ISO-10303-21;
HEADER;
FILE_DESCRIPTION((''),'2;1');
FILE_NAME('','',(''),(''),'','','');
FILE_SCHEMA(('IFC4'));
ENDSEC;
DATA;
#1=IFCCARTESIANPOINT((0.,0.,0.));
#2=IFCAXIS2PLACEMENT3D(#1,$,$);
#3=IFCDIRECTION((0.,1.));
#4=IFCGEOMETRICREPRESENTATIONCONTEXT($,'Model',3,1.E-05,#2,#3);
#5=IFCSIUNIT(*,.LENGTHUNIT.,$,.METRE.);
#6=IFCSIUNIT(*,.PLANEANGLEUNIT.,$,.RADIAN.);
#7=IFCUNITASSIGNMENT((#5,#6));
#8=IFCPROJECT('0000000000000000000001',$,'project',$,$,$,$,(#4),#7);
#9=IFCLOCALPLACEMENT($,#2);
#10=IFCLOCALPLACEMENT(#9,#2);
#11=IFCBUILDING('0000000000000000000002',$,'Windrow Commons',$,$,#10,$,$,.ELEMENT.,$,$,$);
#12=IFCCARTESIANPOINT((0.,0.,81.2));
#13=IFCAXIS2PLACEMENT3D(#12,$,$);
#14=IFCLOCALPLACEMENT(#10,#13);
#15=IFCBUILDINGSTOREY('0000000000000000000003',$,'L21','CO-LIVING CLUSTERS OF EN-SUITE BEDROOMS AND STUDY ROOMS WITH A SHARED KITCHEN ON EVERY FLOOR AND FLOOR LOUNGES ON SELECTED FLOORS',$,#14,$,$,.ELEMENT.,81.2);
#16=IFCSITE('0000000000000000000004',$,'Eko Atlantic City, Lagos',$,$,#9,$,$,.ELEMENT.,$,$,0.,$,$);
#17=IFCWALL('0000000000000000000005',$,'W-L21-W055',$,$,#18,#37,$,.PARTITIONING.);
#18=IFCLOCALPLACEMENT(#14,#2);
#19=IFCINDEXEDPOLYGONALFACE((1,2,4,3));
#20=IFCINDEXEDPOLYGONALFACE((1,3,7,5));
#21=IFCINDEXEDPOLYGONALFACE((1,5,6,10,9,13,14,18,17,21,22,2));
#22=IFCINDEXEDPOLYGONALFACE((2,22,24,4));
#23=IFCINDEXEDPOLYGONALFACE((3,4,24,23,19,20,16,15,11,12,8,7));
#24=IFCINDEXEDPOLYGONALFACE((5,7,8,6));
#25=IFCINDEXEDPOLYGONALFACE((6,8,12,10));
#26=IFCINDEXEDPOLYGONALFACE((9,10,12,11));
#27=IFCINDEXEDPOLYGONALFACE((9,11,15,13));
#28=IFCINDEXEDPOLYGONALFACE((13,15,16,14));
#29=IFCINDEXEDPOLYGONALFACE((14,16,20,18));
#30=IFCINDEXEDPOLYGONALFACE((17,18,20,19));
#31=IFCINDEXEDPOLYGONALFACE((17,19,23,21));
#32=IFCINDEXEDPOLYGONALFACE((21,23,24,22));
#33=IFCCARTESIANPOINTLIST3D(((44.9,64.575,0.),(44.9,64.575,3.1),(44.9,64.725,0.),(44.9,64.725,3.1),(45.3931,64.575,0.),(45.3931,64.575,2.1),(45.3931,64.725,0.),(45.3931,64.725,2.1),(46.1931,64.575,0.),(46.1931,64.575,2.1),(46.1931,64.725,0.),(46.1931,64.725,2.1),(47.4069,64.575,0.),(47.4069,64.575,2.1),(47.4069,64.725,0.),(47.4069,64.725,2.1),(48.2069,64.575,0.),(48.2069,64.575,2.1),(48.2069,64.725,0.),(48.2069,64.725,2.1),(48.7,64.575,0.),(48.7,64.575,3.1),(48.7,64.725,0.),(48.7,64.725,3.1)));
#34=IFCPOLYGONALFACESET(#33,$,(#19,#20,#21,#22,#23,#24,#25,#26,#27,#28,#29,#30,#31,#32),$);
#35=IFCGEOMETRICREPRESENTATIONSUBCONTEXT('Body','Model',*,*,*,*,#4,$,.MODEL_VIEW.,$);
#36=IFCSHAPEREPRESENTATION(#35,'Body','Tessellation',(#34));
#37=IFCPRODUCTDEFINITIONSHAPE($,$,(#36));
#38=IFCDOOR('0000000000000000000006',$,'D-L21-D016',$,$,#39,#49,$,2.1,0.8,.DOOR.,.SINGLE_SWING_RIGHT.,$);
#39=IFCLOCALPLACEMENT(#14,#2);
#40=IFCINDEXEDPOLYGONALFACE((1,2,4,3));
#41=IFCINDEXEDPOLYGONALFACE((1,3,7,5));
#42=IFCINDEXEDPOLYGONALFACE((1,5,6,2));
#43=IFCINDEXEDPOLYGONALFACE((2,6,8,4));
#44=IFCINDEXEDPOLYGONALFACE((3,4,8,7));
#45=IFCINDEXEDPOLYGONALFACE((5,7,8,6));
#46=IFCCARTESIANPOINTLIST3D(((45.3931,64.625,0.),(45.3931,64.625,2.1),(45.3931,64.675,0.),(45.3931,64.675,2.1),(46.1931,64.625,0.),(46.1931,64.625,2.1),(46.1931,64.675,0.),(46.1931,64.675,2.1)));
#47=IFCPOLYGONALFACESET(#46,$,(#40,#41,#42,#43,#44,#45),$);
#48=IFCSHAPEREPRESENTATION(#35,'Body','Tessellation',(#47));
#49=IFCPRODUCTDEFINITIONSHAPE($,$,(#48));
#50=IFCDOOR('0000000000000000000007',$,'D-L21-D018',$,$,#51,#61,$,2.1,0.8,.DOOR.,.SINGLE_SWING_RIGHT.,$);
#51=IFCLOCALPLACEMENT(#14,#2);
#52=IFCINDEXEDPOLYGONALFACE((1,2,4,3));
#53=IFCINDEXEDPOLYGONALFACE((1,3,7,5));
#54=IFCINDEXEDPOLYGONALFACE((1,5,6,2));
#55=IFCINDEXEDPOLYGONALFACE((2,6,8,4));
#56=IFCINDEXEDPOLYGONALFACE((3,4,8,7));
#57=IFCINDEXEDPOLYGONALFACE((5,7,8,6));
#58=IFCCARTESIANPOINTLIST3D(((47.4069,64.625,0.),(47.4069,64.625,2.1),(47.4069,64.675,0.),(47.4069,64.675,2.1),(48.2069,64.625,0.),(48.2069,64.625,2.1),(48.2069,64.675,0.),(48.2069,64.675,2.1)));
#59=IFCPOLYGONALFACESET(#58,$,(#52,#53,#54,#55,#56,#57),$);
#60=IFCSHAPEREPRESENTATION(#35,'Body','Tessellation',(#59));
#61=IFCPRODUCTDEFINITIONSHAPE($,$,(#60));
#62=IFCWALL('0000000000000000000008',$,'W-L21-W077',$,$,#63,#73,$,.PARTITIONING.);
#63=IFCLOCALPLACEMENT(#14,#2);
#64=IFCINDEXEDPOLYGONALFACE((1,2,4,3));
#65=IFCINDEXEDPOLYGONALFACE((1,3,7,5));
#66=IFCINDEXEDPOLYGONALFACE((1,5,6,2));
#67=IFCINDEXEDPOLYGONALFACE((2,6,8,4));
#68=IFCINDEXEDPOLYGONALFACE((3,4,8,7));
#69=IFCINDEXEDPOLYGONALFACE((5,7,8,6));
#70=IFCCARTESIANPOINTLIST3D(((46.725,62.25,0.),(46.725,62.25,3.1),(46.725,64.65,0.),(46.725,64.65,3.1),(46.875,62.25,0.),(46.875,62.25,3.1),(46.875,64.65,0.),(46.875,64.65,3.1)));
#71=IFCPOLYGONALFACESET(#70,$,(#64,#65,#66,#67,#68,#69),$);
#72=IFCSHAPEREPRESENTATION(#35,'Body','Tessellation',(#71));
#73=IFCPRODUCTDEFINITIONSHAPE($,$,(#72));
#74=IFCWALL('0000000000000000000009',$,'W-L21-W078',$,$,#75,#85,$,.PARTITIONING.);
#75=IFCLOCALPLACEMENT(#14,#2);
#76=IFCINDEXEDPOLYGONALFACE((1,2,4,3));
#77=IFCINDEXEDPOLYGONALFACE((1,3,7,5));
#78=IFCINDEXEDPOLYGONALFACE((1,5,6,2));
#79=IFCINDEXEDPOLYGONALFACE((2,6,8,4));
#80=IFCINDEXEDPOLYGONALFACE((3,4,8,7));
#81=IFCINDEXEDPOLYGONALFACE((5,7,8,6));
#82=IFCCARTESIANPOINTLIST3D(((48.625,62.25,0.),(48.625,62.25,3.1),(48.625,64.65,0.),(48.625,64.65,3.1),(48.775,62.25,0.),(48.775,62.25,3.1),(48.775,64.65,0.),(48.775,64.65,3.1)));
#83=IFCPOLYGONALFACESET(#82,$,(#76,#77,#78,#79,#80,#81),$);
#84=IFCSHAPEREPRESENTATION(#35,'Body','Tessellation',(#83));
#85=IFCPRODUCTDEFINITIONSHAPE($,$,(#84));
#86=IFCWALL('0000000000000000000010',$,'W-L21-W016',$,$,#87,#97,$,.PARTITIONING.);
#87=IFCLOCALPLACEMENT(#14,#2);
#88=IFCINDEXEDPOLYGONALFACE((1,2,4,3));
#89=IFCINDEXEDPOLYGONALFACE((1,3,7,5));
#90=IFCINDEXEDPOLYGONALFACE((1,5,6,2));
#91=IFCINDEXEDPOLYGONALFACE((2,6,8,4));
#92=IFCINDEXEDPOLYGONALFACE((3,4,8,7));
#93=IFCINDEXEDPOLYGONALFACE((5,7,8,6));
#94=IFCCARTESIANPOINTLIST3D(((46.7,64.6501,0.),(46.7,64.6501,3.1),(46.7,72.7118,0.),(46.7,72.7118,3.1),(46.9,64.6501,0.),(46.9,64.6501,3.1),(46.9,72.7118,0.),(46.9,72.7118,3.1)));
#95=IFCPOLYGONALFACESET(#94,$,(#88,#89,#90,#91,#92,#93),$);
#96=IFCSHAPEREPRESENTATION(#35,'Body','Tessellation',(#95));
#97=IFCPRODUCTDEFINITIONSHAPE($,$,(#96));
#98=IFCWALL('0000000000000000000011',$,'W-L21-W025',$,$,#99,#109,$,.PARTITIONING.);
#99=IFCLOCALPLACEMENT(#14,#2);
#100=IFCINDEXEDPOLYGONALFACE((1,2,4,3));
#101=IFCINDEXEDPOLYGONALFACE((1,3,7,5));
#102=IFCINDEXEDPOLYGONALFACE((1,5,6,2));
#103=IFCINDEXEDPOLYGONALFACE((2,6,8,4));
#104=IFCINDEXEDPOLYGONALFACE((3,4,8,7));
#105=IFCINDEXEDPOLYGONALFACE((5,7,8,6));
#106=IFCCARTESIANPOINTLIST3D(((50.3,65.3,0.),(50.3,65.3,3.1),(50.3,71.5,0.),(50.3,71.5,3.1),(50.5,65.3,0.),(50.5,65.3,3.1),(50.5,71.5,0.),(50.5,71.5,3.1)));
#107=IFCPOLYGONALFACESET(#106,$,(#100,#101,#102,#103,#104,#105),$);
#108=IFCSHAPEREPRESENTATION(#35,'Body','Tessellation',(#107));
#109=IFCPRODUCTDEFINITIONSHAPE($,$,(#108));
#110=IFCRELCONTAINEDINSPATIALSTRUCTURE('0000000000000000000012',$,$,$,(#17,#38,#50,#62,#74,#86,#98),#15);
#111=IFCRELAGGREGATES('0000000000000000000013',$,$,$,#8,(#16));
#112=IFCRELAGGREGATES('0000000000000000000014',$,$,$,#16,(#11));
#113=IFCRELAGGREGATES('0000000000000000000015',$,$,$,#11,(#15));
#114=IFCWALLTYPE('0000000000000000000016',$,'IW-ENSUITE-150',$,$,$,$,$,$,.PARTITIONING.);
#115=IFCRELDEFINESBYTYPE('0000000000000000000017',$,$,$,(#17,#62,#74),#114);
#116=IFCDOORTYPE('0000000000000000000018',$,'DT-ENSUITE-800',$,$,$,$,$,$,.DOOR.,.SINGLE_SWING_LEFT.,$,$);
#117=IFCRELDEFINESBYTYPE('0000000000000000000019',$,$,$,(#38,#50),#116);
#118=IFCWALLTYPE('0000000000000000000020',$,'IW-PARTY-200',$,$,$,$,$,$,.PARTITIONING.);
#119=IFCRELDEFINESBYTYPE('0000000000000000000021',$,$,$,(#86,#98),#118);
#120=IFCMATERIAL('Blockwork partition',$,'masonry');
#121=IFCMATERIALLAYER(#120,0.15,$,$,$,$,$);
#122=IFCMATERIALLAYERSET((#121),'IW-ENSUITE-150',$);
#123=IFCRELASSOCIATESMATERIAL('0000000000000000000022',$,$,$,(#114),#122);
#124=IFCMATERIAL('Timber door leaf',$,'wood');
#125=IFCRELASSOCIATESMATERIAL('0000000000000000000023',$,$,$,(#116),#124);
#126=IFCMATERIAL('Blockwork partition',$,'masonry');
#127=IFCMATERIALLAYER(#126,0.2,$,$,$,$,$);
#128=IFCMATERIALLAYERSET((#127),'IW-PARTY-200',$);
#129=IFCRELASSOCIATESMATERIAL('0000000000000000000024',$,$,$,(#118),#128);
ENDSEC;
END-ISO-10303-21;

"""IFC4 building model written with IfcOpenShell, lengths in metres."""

from ifc_helpers import new_model, si_unit, direction, frame, frame_2d, origin, place, context, subcontext, project, spatial, rectangle, extrude, material, layer, layer_set, type_object, element, fill, save


model = new_model("IFC4")

# Units and contexts
model_context = context("Model", 3, precision=1e-05, world=origin(), true_north=direction((0.0, 1.0)))
body_context = subcontext(model_context, "Body", "Model", "MODEL_VIEW")
ifc_project = project(units=[si_unit("LENGTHUNIT", "METRE"), si_unit("PLANEANGLEUNIT", "RADIAN")], contexts=[model_context])

# Site, building, storey
site_placement = place(None, origin())
site = spatial("IfcSite", under=ifc_project, at=site_placement, Name="Eko Atlantic City, Lagos", CompositionType="ELEMENT", RefElevation=0.0)
building_placement = place(site_placement, origin())
building = spatial("IfcBuilding", under=site, at=building_placement, Name="Windrow Commons", CompositionType="ELEMENT")
storey_placement = place(building_placement, frame((0.0, 0.0, 81.2)))
storey = spatial("IfcBuildingStorey", under=building, at=storey_placement, Name="L21", Description="CO-LIVING CLUSTERS OF EN-SUITE BEDROOMS AND STUDY ROOMS WITH A SHARED KITCHEN ON EVERY FLOOR AND FLOOR LOUNGES ON SELECTED FLOORS", CompositionType="ELEMENT", Elevation=81.2)

# Wall, openings, doors
ifc_material_1 = material(Name="Blockwork partition", Category="masonry")
ifc_layer_1 = layer(ifc_material_1, 0.15)
ifc_layer_set_1 = layer_set([ifc_layer_1], Name="IW-ENSUITE-150")
wall_type_1 = type_object("IfcWallType", Name="IW-ENSUITE-150", PredefinedType="PARTITIONING", material=ifc_layer_set_1)
wall_1_placement = place(storey_placement, frame((44.9, 64.65, 0.0), z_axis=(0.0, 0.0, 1.0), x_axis=(1.0, 0.0, 0.0)))
wall_1 = element("IfcWall", 1, at=wall_1_placement, inside=storey, type_object=wall_type_1, Name="W-L21-W055", PredefinedType="PARTITIONING", context=body_context, shape_type="SweptSolid", body=[
    extrude(rectangle(XDim=3.8, YDim=0.15, at=frame_2d((1.9, 0.0))), origin(), (0.0, 0.0, 1.0), 3.1),
])
opening_1_placement = place(wall_1_placement, frame((0.4931, 0.0, 0.0)))
opening_1 = element("IfcOpeningElement", 2, at=opening_1_placement, cuts=wall_1, PredefinedType="OPENING", context=body_context, shape_type="SweptSolid", body=[
    extrude(rectangle(XDim=0.8, YDim=2.1, at=frame_2d((0.4, 1.05))), frame((0.0, 0.085, 0.0), z_axis=(0.0, -1.0, 0.0), x_axis=(1.0, 0.0, 0.0)), (0.0, 0.0, 1.0), 0.17),
])
opening_2_placement = place(wall_1_placement, frame((2.5069, 0.0, 0.0)))
opening_2 = element("IfcOpeningElement", 3, at=opening_2_placement, cuts=wall_1, PredefinedType="OPENING", context=body_context, shape_type="SweptSolid", body=[
    extrude(rectangle(XDim=0.8, YDim=2.1, at=frame_2d((0.4, 1.05))), frame((0.0, 0.085, 0.0), z_axis=(0.0, -1.0, 0.0), x_axis=(1.0, 0.0, 0.0)), (0.0, 0.0, 1.0), 0.17),
])
ifc_material_2 = material(Name="Timber door leaf", Category="wood")
door_type = type_object("IfcDoorType", Name="DT-ENSUITE-800", OperationType="SINGLE_SWING_LEFT", PredefinedType="DOOR", material=ifc_material_2)
door_1_placement = place(opening_1_placement, origin())
door_1 = element("IfcDoor", 4, at=door_1_placement, inside=storey, type_object=door_type, Name="D-L21-D016", OperationType="SINGLE_SWING_RIGHT", OverallHeight=2.1, OverallWidth=0.8, PredefinedType="DOOR", context=body_context, shape_type="SweptSolid", body=[
    extrude(rectangle(XDim=0.8, YDim=2.1, at=frame_2d((0.4, 1.05))), frame((0.0, 0.025, 0.0), z_axis=(0.0, -1.0, 0.0), x_axis=(1.0, 0.0, 0.0)), (0.0, 0.0, 1.0), 0.05),
])
fill(opening_1, door_1)
door_2_placement = place(opening_2_placement, origin())
door_2 = element("IfcDoor", 5, at=door_2_placement, inside=storey, type_object=door_type, Name="D-L21-D018", OperationType="SINGLE_SWING_RIGHT", OverallHeight=2.1, OverallWidth=0.8, PredefinedType="DOOR", context=body_context, shape_type="SweptSolid", body=[
    extrude(rectangle(XDim=0.8, YDim=2.1, at=frame_2d((0.4, 1.05))), frame((0.0, 0.025, 0.0), z_axis=(0.0, -1.0, 0.0), x_axis=(1.0, 0.0, 0.0)), (0.0, 0.0, 1.0), 0.05),
])
fill(opening_2, door_2)

# Walls
for number, where, z_axis, x_axis, name in (
    (6, (46.8, 62.25, 0.0), (0.0, 0.0, 1.0), (0.0, 1.0, 0.0), "W-L21-W077"),
    (7, (48.7, 62.25, 0.0), (0.0, 0.0, 1.0), (0.0, 1.0, 0.0), "W-L21-W078"),
):
    element("IfcWall", number, at=place(storey_placement, frame(where, z_axis=z_axis, x_axis=x_axis)), inside=storey, type_object=wall_type_1, Name=name, PredefinedType="PARTITIONING", context=body_context, shape_type="SweptSolid", body=[
        extrude(rectangle(XDim=2.4, YDim=0.15, at=frame_2d((1.2, 0.0))), origin(), (0.0, 0.0, 1.0), 3.1),
    ])
ifc_material_3 = material(Name="Blockwork partition", Category="masonry")
ifc_layer_2 = layer(ifc_material_3, 0.2)
ifc_layer_set_2 = layer_set([ifc_layer_2], Name="IW-PARTY-200")
wall_type_2 = type_object("IfcWallType", Name="IW-PARTY-200", PredefinedType="PARTITIONING", material=ifc_layer_set_2)
wall_2_placement = place(storey_placement, frame((46.8, 64.65, 0.0), z_axis=(0.0, 0.0, 1.0), x_axis=(0.0, 1.0, 0.0)))
element("IfcWall", 8, at=wall_2_placement, inside=storey, type_object=wall_type_2, Name="W-L21-W016", PredefinedType="PARTITIONING", context=body_context, shape_type="SweptSolid", body=[
    extrude(rectangle(XDim=8.0617, YDim=0.2, at=frame_2d((4.0309, 0.0))), origin(), (0.0, 0.0, 1.0), 3.1),
])
wall_3_placement = place(storey_placement, frame((50.4, 65.3, 0.0), z_axis=(0.0, 0.0, 1.0), x_axis=(0.0, 1.0, 0.0)))
element("IfcWall", 9, at=wall_3_placement, inside=storey, type_object=wall_type_2, Name="W-L21-W025", PredefinedType="PARTITIONING", context=body_context, shape_type="SweptSolid", body=[
    extrude(rectangle(XDim=6.2, YDim=0.2, at=frame_2d((3.1, 0.0))), origin(), (0.0, 0.0, 1.0), 3.1),
])

save(model, "model.ifc")
